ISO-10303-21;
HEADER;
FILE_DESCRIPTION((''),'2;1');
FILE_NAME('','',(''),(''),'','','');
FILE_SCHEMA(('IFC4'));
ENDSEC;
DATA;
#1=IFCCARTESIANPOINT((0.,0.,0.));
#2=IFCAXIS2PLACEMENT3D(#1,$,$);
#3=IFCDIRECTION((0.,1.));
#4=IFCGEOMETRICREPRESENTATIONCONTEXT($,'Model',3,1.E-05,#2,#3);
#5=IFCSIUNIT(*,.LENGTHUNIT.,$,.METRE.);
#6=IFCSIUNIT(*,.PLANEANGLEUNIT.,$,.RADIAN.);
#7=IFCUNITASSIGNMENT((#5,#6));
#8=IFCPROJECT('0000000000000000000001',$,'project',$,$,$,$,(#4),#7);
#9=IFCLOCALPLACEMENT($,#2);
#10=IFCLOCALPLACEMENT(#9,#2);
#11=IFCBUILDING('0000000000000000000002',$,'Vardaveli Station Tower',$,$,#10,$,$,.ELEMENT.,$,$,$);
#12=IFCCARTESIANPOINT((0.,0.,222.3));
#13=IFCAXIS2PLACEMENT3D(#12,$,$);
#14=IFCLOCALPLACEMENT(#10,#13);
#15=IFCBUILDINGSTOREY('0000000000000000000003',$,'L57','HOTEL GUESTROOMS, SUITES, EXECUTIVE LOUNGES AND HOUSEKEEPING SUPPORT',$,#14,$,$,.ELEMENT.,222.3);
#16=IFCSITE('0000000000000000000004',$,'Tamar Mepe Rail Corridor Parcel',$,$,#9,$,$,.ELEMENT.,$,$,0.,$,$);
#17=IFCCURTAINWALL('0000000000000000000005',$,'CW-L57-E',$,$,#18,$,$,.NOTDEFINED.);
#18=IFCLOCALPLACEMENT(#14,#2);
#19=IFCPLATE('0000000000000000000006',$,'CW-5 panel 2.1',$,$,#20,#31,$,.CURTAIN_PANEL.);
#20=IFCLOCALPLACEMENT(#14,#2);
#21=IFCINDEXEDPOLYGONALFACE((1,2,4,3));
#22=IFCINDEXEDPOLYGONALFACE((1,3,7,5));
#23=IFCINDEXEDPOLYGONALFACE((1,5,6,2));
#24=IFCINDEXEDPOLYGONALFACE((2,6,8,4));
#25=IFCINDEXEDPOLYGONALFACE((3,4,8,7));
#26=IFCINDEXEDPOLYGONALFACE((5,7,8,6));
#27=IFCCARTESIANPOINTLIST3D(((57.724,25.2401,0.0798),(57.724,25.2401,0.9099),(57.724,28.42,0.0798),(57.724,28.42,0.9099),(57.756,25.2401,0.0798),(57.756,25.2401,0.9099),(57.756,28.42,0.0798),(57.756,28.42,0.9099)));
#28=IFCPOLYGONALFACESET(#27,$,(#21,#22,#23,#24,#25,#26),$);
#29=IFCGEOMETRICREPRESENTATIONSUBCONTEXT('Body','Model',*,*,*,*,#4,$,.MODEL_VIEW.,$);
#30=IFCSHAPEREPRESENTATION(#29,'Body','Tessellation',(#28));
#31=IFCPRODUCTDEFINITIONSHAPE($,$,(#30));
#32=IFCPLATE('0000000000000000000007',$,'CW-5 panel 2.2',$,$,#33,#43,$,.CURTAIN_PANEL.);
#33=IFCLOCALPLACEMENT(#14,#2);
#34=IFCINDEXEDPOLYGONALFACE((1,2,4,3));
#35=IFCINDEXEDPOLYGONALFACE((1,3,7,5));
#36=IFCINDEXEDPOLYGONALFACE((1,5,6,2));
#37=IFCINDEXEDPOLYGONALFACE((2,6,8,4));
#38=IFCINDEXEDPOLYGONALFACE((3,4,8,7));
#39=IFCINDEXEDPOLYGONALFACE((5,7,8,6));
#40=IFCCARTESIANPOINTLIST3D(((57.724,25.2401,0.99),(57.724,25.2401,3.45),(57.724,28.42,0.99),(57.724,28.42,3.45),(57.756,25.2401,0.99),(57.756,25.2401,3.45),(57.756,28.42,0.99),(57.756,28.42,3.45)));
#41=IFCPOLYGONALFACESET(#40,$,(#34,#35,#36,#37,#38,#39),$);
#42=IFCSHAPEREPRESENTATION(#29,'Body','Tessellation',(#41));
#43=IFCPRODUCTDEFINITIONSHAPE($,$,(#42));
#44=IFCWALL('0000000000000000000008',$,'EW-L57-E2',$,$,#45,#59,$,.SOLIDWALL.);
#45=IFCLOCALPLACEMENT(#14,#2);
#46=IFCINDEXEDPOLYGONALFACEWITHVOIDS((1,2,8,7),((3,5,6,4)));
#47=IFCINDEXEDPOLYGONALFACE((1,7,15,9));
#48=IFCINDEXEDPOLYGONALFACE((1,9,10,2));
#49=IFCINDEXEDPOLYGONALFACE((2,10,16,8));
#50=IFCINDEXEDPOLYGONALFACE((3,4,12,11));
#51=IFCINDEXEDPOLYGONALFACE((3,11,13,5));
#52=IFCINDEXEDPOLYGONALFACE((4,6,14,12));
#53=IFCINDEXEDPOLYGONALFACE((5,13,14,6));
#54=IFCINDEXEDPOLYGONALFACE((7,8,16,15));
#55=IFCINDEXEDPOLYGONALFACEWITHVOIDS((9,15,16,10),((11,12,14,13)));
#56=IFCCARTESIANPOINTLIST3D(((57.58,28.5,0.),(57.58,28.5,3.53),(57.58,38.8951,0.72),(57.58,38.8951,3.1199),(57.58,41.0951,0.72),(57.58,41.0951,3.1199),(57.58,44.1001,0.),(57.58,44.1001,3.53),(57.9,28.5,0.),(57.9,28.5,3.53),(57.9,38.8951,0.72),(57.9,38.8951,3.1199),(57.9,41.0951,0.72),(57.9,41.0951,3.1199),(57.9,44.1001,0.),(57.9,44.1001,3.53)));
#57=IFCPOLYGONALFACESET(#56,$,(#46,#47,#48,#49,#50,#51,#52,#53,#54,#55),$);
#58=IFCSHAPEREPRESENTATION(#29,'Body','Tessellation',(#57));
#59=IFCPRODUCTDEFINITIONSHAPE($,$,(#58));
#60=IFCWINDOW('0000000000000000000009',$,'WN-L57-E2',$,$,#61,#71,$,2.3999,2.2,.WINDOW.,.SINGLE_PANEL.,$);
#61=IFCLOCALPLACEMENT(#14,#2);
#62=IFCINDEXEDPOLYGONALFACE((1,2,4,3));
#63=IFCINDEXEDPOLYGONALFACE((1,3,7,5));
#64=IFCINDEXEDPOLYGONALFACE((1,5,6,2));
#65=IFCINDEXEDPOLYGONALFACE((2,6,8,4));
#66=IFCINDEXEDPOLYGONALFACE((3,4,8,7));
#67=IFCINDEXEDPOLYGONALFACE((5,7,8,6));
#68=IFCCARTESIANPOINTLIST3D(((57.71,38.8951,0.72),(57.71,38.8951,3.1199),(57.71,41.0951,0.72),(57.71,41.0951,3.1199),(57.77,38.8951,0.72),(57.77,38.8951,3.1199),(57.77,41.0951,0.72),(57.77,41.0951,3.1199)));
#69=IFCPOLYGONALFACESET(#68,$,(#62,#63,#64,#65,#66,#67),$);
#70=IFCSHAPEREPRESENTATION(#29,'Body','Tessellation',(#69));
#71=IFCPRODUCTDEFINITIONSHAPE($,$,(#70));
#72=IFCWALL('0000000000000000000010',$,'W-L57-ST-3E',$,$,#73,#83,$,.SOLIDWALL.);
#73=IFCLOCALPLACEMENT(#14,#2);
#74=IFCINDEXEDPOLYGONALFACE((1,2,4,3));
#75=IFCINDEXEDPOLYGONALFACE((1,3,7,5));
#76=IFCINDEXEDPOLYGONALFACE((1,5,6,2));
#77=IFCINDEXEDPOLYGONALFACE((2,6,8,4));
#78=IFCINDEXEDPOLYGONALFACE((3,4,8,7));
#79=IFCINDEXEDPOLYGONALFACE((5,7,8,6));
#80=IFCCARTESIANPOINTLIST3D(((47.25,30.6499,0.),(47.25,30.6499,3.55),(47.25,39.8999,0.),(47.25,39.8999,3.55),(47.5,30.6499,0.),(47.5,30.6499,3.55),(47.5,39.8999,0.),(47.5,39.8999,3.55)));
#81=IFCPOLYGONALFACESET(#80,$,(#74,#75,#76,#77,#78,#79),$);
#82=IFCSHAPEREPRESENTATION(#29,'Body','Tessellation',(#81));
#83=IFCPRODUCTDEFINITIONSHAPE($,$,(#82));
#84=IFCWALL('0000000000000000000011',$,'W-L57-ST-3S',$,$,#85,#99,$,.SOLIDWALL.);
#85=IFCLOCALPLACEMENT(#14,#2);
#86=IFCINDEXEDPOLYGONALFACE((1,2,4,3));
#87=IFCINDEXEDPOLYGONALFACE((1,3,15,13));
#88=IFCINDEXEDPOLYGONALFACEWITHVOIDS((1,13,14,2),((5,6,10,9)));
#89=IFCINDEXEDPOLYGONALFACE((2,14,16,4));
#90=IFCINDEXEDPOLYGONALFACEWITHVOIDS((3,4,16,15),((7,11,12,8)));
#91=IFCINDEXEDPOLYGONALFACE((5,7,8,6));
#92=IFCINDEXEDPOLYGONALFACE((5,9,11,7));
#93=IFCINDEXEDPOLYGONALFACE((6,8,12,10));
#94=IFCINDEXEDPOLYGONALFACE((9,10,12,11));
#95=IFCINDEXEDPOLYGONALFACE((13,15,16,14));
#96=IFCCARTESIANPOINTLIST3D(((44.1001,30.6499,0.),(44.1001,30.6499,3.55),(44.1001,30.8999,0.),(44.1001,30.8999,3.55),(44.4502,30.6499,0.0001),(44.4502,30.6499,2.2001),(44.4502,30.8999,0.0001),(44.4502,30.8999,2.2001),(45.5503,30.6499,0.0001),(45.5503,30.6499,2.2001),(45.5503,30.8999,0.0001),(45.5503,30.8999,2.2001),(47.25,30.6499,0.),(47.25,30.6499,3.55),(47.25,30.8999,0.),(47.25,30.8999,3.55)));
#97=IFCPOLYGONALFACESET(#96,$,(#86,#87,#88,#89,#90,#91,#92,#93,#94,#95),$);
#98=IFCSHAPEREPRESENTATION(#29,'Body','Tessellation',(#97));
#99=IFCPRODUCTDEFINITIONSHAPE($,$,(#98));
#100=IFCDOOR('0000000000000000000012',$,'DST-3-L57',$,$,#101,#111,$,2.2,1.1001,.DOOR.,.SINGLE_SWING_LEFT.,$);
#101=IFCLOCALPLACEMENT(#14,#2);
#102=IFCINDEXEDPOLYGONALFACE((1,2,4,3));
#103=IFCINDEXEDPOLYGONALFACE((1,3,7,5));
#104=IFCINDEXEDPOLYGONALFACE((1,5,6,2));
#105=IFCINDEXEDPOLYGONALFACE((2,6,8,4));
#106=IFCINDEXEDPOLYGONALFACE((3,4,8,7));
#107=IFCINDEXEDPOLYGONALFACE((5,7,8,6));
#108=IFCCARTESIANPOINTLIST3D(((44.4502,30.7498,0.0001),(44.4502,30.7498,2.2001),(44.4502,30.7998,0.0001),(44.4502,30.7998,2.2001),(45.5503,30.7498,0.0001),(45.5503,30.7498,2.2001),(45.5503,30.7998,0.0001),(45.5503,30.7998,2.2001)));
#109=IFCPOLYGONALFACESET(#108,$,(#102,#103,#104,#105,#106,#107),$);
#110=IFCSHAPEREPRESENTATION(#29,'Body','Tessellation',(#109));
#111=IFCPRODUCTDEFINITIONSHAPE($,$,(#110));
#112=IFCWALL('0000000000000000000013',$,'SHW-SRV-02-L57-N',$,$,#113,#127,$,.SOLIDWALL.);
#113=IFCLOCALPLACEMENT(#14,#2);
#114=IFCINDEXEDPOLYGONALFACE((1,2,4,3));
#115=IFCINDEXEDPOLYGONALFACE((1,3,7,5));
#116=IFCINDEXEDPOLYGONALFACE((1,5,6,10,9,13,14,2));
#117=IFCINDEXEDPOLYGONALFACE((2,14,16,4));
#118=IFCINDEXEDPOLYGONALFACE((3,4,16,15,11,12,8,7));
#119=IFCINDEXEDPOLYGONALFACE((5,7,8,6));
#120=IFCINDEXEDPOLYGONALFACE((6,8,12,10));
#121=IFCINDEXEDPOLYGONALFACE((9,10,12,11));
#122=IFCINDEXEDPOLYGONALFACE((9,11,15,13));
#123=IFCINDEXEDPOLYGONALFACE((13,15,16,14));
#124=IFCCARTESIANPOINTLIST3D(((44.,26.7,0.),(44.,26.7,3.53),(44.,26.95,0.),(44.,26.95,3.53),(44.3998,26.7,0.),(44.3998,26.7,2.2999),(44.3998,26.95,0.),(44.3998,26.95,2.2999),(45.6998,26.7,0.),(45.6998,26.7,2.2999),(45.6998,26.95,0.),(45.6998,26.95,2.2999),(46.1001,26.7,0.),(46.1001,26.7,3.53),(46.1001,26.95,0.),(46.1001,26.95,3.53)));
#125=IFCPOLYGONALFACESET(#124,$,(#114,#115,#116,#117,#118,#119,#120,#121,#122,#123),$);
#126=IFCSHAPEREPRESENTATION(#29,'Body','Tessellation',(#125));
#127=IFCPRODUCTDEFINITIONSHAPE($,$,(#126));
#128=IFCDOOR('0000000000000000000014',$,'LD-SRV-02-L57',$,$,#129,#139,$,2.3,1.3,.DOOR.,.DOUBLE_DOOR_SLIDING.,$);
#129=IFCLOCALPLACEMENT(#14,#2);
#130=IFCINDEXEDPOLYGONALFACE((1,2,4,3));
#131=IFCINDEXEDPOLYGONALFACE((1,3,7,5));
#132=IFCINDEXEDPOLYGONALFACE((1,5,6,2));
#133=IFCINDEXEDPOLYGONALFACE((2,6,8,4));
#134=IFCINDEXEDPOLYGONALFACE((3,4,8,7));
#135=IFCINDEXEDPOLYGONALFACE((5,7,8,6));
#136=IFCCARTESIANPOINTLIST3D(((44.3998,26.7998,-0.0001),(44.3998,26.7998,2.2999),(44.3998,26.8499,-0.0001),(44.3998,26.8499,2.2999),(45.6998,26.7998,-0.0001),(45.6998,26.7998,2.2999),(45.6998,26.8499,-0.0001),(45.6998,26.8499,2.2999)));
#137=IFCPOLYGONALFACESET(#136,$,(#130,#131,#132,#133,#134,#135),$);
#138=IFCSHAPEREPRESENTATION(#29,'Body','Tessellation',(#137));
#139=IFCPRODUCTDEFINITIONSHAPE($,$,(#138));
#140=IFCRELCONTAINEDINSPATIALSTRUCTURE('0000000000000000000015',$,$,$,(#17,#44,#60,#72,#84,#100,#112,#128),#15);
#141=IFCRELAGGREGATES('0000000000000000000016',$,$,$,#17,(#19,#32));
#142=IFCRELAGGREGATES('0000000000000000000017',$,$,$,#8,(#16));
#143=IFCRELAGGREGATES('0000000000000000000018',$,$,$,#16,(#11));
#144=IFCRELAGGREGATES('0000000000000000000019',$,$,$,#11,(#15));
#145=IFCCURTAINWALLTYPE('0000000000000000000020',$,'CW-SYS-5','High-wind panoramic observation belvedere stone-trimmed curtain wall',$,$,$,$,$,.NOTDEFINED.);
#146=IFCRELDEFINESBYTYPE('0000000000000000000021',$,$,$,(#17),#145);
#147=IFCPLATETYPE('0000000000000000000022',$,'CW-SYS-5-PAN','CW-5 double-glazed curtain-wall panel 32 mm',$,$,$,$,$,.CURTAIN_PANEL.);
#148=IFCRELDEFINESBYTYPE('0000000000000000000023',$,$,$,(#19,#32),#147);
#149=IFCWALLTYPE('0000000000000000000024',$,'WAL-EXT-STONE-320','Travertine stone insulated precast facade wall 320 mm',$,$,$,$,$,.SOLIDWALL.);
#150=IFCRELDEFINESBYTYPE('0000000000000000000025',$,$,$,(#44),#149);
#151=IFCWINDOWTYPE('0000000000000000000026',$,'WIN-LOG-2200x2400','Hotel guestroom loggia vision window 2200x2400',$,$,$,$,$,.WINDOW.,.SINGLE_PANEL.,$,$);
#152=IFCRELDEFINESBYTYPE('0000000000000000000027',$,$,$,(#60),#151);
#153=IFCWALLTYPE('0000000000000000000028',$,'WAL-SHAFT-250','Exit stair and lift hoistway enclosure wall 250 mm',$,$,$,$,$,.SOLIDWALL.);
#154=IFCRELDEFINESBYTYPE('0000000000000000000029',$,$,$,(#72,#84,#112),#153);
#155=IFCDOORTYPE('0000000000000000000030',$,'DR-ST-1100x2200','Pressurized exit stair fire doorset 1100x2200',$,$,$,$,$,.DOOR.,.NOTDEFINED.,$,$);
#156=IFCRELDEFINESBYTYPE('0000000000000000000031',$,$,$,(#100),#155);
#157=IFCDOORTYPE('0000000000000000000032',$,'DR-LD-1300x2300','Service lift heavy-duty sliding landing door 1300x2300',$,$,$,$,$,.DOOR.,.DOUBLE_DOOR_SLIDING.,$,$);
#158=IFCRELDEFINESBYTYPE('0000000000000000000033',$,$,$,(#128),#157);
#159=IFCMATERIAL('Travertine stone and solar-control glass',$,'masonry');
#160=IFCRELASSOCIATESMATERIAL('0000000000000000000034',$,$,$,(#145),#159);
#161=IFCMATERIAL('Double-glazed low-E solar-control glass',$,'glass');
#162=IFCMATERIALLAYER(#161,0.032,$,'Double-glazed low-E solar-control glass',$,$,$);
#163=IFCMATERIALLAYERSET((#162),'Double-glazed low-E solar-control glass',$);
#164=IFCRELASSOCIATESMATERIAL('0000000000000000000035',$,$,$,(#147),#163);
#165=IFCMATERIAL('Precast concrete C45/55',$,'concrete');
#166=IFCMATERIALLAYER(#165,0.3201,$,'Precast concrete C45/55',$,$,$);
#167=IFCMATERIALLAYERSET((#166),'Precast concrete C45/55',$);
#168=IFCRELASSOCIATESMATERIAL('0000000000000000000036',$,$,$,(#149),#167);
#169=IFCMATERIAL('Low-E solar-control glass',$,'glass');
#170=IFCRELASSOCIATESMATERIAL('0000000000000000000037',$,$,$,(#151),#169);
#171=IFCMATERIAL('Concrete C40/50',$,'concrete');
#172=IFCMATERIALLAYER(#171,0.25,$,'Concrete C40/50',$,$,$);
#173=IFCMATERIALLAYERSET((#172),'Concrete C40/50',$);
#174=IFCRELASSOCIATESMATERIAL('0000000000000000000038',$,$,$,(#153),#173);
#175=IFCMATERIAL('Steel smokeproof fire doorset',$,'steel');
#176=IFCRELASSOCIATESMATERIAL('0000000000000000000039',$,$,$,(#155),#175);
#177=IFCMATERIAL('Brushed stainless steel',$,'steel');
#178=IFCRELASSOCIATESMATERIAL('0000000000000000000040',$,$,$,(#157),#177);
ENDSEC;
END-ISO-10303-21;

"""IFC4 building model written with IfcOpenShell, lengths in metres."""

from ifc_helpers import new_model, si_unit, direction, frame, frame_2d, origin, origin_2d, place, context, subcontext, project, spatial, rectangle, extrude, source, transform, mapped, material, layer, layer_set, type_object, element, fill, aggregate, save


model = new_model("IFC4")

# Units and contexts
model_context = context("Model", 3, precision=1e-05, world=origin(), true_north=direction((0.0, 1.0)))
body_context = subcontext(model_context, "Body", "Model", "MODEL_VIEW")
ifc_project = project(units=[si_unit("LENGTHUNIT", "METRE"), si_unit("PLANEANGLEUNIT", "RADIAN")], contexts=[model_context])

# Site, building, storey
site_placement = place(None, origin())
site = spatial("IfcSite", under=ifc_project, at=site_placement, Name="Tamar Mepe Rail Corridor Parcel", CompositionType="ELEMENT", RefElevation=0.0)
building_placement = place(site_placement, origin())
building = spatial("IfcBuilding", under=site, at=building_placement, Name="Vardaveli Station Tower", CompositionType="ELEMENT")
storey_placement = place(building_placement, frame((0.0, 0.0, 222.3)))
storey = spatial("IfcBuildingStorey", under=building, at=storey_placement, Name="L57", Description="HOTEL GUESTROOMS, SUITES, EXECUTIVE LOUNGES AND HOUSEKEEPING SUPPORT", CompositionType="ELEMENT", Elevation=222.3)

# Shared definitions
ifc_material_1 = material(Name="Precast concrete C45/55", Category="concrete")

# Curtain wall, plates
ifc_material_2 = material(Name="Travertine stone and solar-control glass", Category="masonry")
curtain_wall_type = type_object("IfcCurtainWallType", Name="CW-SYS-5", Description="High-wind panoramic observation belvedere stone-trimmed curtain wall", PredefinedType="NOTDEFINED", material=ifc_material_2)
curtain_wall_placement = place(storey_placement, origin())
curtain_wall = element("IfcCurtainWall", 1, at=curtain_wall_placement, inside=storey, type_object=curtain_wall_type, Name="CW-L57-E", PredefinedType="NOTDEFINED")
ifc_material_3 = material(Name="Double-glazed low-E solar-control glass", Category="glass")
ifc_layer_1 = layer(ifc_material_3, 0.032, Name="Double-glazed low-E solar-control glass")
ifc_layer_set_1 = layer_set([ifc_layer_1], Name="Double-glazed low-E solar-control glass")
plate_type = type_object("IfcPlateType", Name="CW-SYS-5-PAN", Description="CW-5 double-glazed curtain-wall panel 32 mm", PredefinedType="CURTAIN_PANEL", material=ifc_layer_set_1)
shared_shape_1 = source(origin(), body_context, "Body", "SweptSolid", [
    extrude(rectangle(XDim=3.1799, YDim=0.032, at=origin_2d()), origin(), (0.0, 0.0, 1.0), 0.8301),
])
plate_1_placement = place(storey_placement, frame((57.74, 26.8301, 0.0798), z_axis=(0.0, 0.0, 1.0), x_axis=(0.0, 1.0, 0.0)))
plate_1 = element("IfcPlate", 2, at=plate_1_placement, type_object=plate_type, Name="CW-5 panel 2.1", PredefinedType="CURTAIN_PANEL", context=body_context, shape_type="MappedRepresentation", body=[
    mapped(shared_shape_1, transform((0.0, 0.0, 0.0), scale=1.0)),
])
shared_shape_2 = source(origin(), body_context, "Body", "SweptSolid", [
    extrude(rectangle(XDim=3.1799, YDim=0.032, at=origin_2d()), origin(), (0.0, 0.0, 1.0), 2.46),
])
plate_2_placement = place(storey_placement, frame((57.74, 26.8301, 0.99), z_axis=(0.0, 0.0, 1.0), x_axis=(0.0, 1.0, 0.0)))
plate_2 = element("IfcPlate", 3, at=plate_2_placement, type_object=plate_type, Name="CW-5 panel 2.2", PredefinedType="CURTAIN_PANEL", context=body_context, shape_type="MappedRepresentation", body=[
    mapped(shared_shape_2, transform((0.0, 0.0, 0.0), scale=1.0)),
])
aggregate(curtain_wall, [plate_1, plate_2])

# Wall, opening, window
ifc_layer_2 = layer(ifc_material_1, 0.3201, Name="Precast concrete C45/55")
ifc_layer_set_2 = layer_set([ifc_layer_2], Name="Precast concrete C45/55")
wall_type_1 = type_object("IfcWallType", Name="WAL-EXT-STONE-320", Description="Travertine stone insulated precast facade wall 320 mm", PredefinedType="SOLIDWALL", material=ifc_layer_set_2)
shared_shape_3 = source(origin(), body_context, "Body", "SweptSolid", [
    extrude(rectangle(XDim=15.6001, YDim=0.3201, at=frame_2d((7.8, 0.0))), origin(), (0.0, 0.0, 1.0), 3.53),
])
wall_1_placement = place(storey_placement, frame((57.74, 28.5, 0.0), z_axis=(0.0, 0.0, 1.0), x_axis=(0.0, 1.0, 0.0)))
wall_1 = element("IfcWall", 4, at=wall_1_placement, inside=storey, type_object=wall_type_1, Name="EW-L57-E2", PredefinedType="SOLIDWALL", context=body_context, shape_type="MappedRepresentation", body=[
    mapped(shared_shape_3, transform((0.0, 0.0, 0.0), scale=1.0)),
])
shared_shape_4 = source(origin(), body_context, "Body", "SweptSolid", [
    extrude(rectangle(XDim=2.2, YDim=2.3999, at=frame_2d((1.1001, 1.2))), frame((0.0, 0.1699, 0.0), z_axis=(0.0, -1.0, 0.0), x_axis=(1.0, 0.0, 0.0)), (0.0, 0.0, 1.0), 0.3401),
])
opening_1_placement = place(wall_1_placement, frame((10.395, 0.0, 0.72)))
opening_1 = element("IfcOpeningElement", 5, at=opening_1_placement, cuts=wall_1, PredefinedType="OPENING", context=body_context, shape_type="MappedRepresentation", body=[
    mapped(shared_shape_4, transform((0.0, 0.0, 0.0), scale=1.0)),
])
ifc_material_4 = material(Name="Low-E solar-control glass", Category="glass")
window_type = type_object("IfcWindowType", Name="WIN-LOG-2200x2400", Description="Hotel guestroom loggia vision window 2200x2400", PartitioningType="SINGLE_PANEL", PredefinedType="WINDOW", material=ifc_material_4)
shared_shape_5 = source(origin(), body_context, "Body", "SweptSolid", [
    extrude(rectangle(XDim=2.2, YDim=2.3999, at=frame_2d((1.1001, 1.2))), frame((0.0, 0.03, 0.0), z_axis=(0.0, -1.0, 0.0), x_axis=(1.0, 0.0, 0.0)), (0.0, 0.0, 1.0), 0.0601),
])
window_placement = place(opening_1_placement, origin())
window = element("IfcWindow", 6, at=window_placement, inside=storey, type_object=window_type, Name="WN-L57-E2", OverallHeight=2.3999, OverallWidth=2.2, PartitioningType="SINGLE_PANEL", PredefinedType="WINDOW", context=body_context, shape_type="MappedRepresentation", body=[
    mapped(shared_shape_5, transform((0.0, 0.0, 0.0), scale=1.0)),
])
fill(opening_1, window)

# Wall
ifc_material_5 = material(Name="Concrete C40/50", Category="concrete")
ifc_layer_3 = layer(ifc_material_5, 0.25, Name="Concrete C40/50")
ifc_layer_set_3 = layer_set([ifc_layer_3], Name="Concrete C40/50")
wall_type_2 = type_object("IfcWallType", Name="WAL-SHAFT-250", Description="Exit stair and lift hoistway enclosure wall 250 mm", PredefinedType="SOLIDWALL", material=ifc_layer_set_3)
shared_shape_6 = source(origin(), body_context, "Body", "SweptSolid", [
    extrude(rectangle(XDim=9.25, YDim=0.25, at=frame_2d((4.625, 0.0))), origin(), (0.0, 0.0, 1.0), 3.55),
])
wall_2_placement = place(storey_placement, frame((47.375, 30.6499, 0.0), z_axis=(0.0, 0.0, 1.0), x_axis=(0.0, 1.0, 0.0)))
element("IfcWall", 7, at=wall_2_placement, inside=storey, type_object=wall_type_2, Name="W-L57-ST-3E", PredefinedType="SOLIDWALL", context=body_context, shape_type="MappedRepresentation", body=[
    mapped(shared_shape_6, transform((0.0, 0.0, 0.0), scale=1.0)),
])

# Walls, openings, doors
shared_shape_7 = source(origin(), body_context, "Body", "SweptSolid", [
    extrude(rectangle(XDim=3.1499, YDim=0.25, at=frame_2d((1.575, 0.0))), origin(), (0.0, 0.0, 1.0), 3.55),
])
wall_3_placement = place(storey_placement, frame((44.1001, 30.7749, 0.0), z_axis=(0.0, 0.0, 1.0), x_axis=(1.0, 0.0, 0.0)))
wall_3 = element("IfcWall", 8, at=wall_3_placement, inside=storey, type_object=wall_type_2, Name="W-L57-ST-3S", PredefinedType="SOLIDWALL", context=body_context, shape_type="MappedRepresentation", body=[
    mapped(shared_shape_7, transform((0.0, 0.0, 0.0), scale=1.0)),
])
shared_shape_8 = source(origin(), body_context, "Body", "SweptSolid", [
    extrude(rectangle(XDim=1.1001, YDim=2.2, at=frame_2d((0.55, 1.1001))), frame((0.0, 0.135, 0.0), z_axis=(0.0, -1.0, 0.0), x_axis=(1.0, 0.0, 0.0)), (0.0, 0.0, 1.0), 0.27),
])
opening_2_placement = place(wall_3_placement, frame((0.3501, 0.0, 0.0)))
opening_2 = element("IfcOpeningElement", 9, at=opening_2_placement, cuts=wall_3, PredefinedType="OPENING", context=body_context, shape_type="MappedRepresentation", body=[
    mapped(shared_shape_8, transform((0.0, 0.0, 0.0), scale=1.0)),
])
ifc_material_6 = material(Name="Steel smokeproof fire doorset", Category="steel")
door_type_1 = type_object("IfcDoorType", Name="DR-ST-1100x2200", Description="Pressurized exit stair fire doorset 1100x2200", OperationType="NOTDEFINED", PredefinedType="DOOR", material=ifc_material_6)
shared_shape_9 = source(origin(), body_context, "Body", "SweptSolid", [
    extrude(rectangle(XDim=1.1001, YDim=2.2, at=frame_2d((0.55, 1.1001))), frame((0.0, 0.0249, 0.0), z_axis=(0.0, -1.0, 0.0), x_axis=(1.0, 0.0, 0.0)), (0.0, 0.0, 1.0), 0.05),
])
door_1_placement = place(opening_2_placement, origin())
door_1 = element("IfcDoor", 10, at=door_1_placement, inside=storey, type_object=door_type_1, Name="DST-3-L57", OperationType="SINGLE_SWING_LEFT", OverallHeight=2.2, OverallWidth=1.1001, PredefinedType="DOOR", context=body_context, shape_type="MappedRepresentation", body=[
    mapped(shared_shape_9, transform((0.0, 0.0, 0.0), scale=1.0)),
])
fill(opening_2, door_1)
shared_shape_10 = source(origin(), body_context, "Body", "SweptSolid", [
    extrude(rectangle(XDim=2.1001, YDim=0.25, at=frame_2d((1.05, 0.0))), origin(), (0.0, 0.0, 1.0), 3.53),
])
wall_4_placement = place(storey_placement, frame((44.0, 26.825, 0.0), z_axis=(0.0, 0.0, 1.0), x_axis=(1.0, 0.0, 0.0)))
wall_4 = element("IfcWall", 11, at=wall_4_placement, inside=storey, type_object=wall_type_2, Name="SHW-SRV-02-L57-N", PredefinedType="SOLIDWALL", context=body_context, shape_type="MappedRepresentation", body=[
    mapped(shared_shape_10, transform((0.0, 0.0, 0.0), scale=1.0)),
])
shared_shape_11 = source(origin(), body_context, "Body", "SweptSolid", [
    extrude(rectangle(XDim=1.3, YDim=2.3, at=frame_2d((0.6499, 1.1499))), frame((0.0, 0.135, 0.0), z_axis=(0.0, -1.0, 0.0), x_axis=(1.0, 0.0, 0.0)), (0.0, 0.0, 1.0), 0.27),
])
opening_3_placement = place(wall_4_placement, frame((0.3999, 0.0, 0.0)))
opening_3 = element("IfcOpeningElement", 12, at=opening_3_placement, cuts=wall_4, PredefinedType="OPENING", context=body_context, shape_type="MappedRepresentation", body=[
    mapped(shared_shape_11, transform((0.0, 0.0, 0.0), scale=1.0)),
])
ifc_material_7 = material(Name="Brushed stainless steel", Category="steel")
door_type_2 = type_object("IfcDoorType", Name="DR-LD-1300x2300", Description="Service lift heavy-duty sliding landing door 1300x2300", OperationType="DOUBLE_DOOR_SLIDING", PredefinedType="DOOR", material=ifc_material_7)
shared_shape_12 = source(origin(), body_context, "Body", "SweptSolid", [
    extrude(rectangle(XDim=1.3, YDim=2.3, at=frame_2d((0.6499, 1.1499))), frame((0.0, 0.0249, 0.0), z_axis=(0.0, -1.0, 0.0), x_axis=(1.0, 0.0, 0.0)), (0.0, 0.0, 1.0), 0.05),
])
door_2_placement = place(opening_3_placement, origin())
door_2 = element("IfcDoor", 13, at=door_2_placement, inside=storey, type_object=door_type_2, Name="LD-SRV-02-L57", OperationType="DOUBLE_DOOR_SLIDING", OverallHeight=2.3, OverallWidth=1.3, PredefinedType="DOOR", context=body_context, shape_type="MappedRepresentation", body=[
    mapped(shared_shape_12, transform((0.0, 0.0, 0.0), scale=1.0)),
])
fill(opening_3, door_2)

save(model, "model.ifc")
